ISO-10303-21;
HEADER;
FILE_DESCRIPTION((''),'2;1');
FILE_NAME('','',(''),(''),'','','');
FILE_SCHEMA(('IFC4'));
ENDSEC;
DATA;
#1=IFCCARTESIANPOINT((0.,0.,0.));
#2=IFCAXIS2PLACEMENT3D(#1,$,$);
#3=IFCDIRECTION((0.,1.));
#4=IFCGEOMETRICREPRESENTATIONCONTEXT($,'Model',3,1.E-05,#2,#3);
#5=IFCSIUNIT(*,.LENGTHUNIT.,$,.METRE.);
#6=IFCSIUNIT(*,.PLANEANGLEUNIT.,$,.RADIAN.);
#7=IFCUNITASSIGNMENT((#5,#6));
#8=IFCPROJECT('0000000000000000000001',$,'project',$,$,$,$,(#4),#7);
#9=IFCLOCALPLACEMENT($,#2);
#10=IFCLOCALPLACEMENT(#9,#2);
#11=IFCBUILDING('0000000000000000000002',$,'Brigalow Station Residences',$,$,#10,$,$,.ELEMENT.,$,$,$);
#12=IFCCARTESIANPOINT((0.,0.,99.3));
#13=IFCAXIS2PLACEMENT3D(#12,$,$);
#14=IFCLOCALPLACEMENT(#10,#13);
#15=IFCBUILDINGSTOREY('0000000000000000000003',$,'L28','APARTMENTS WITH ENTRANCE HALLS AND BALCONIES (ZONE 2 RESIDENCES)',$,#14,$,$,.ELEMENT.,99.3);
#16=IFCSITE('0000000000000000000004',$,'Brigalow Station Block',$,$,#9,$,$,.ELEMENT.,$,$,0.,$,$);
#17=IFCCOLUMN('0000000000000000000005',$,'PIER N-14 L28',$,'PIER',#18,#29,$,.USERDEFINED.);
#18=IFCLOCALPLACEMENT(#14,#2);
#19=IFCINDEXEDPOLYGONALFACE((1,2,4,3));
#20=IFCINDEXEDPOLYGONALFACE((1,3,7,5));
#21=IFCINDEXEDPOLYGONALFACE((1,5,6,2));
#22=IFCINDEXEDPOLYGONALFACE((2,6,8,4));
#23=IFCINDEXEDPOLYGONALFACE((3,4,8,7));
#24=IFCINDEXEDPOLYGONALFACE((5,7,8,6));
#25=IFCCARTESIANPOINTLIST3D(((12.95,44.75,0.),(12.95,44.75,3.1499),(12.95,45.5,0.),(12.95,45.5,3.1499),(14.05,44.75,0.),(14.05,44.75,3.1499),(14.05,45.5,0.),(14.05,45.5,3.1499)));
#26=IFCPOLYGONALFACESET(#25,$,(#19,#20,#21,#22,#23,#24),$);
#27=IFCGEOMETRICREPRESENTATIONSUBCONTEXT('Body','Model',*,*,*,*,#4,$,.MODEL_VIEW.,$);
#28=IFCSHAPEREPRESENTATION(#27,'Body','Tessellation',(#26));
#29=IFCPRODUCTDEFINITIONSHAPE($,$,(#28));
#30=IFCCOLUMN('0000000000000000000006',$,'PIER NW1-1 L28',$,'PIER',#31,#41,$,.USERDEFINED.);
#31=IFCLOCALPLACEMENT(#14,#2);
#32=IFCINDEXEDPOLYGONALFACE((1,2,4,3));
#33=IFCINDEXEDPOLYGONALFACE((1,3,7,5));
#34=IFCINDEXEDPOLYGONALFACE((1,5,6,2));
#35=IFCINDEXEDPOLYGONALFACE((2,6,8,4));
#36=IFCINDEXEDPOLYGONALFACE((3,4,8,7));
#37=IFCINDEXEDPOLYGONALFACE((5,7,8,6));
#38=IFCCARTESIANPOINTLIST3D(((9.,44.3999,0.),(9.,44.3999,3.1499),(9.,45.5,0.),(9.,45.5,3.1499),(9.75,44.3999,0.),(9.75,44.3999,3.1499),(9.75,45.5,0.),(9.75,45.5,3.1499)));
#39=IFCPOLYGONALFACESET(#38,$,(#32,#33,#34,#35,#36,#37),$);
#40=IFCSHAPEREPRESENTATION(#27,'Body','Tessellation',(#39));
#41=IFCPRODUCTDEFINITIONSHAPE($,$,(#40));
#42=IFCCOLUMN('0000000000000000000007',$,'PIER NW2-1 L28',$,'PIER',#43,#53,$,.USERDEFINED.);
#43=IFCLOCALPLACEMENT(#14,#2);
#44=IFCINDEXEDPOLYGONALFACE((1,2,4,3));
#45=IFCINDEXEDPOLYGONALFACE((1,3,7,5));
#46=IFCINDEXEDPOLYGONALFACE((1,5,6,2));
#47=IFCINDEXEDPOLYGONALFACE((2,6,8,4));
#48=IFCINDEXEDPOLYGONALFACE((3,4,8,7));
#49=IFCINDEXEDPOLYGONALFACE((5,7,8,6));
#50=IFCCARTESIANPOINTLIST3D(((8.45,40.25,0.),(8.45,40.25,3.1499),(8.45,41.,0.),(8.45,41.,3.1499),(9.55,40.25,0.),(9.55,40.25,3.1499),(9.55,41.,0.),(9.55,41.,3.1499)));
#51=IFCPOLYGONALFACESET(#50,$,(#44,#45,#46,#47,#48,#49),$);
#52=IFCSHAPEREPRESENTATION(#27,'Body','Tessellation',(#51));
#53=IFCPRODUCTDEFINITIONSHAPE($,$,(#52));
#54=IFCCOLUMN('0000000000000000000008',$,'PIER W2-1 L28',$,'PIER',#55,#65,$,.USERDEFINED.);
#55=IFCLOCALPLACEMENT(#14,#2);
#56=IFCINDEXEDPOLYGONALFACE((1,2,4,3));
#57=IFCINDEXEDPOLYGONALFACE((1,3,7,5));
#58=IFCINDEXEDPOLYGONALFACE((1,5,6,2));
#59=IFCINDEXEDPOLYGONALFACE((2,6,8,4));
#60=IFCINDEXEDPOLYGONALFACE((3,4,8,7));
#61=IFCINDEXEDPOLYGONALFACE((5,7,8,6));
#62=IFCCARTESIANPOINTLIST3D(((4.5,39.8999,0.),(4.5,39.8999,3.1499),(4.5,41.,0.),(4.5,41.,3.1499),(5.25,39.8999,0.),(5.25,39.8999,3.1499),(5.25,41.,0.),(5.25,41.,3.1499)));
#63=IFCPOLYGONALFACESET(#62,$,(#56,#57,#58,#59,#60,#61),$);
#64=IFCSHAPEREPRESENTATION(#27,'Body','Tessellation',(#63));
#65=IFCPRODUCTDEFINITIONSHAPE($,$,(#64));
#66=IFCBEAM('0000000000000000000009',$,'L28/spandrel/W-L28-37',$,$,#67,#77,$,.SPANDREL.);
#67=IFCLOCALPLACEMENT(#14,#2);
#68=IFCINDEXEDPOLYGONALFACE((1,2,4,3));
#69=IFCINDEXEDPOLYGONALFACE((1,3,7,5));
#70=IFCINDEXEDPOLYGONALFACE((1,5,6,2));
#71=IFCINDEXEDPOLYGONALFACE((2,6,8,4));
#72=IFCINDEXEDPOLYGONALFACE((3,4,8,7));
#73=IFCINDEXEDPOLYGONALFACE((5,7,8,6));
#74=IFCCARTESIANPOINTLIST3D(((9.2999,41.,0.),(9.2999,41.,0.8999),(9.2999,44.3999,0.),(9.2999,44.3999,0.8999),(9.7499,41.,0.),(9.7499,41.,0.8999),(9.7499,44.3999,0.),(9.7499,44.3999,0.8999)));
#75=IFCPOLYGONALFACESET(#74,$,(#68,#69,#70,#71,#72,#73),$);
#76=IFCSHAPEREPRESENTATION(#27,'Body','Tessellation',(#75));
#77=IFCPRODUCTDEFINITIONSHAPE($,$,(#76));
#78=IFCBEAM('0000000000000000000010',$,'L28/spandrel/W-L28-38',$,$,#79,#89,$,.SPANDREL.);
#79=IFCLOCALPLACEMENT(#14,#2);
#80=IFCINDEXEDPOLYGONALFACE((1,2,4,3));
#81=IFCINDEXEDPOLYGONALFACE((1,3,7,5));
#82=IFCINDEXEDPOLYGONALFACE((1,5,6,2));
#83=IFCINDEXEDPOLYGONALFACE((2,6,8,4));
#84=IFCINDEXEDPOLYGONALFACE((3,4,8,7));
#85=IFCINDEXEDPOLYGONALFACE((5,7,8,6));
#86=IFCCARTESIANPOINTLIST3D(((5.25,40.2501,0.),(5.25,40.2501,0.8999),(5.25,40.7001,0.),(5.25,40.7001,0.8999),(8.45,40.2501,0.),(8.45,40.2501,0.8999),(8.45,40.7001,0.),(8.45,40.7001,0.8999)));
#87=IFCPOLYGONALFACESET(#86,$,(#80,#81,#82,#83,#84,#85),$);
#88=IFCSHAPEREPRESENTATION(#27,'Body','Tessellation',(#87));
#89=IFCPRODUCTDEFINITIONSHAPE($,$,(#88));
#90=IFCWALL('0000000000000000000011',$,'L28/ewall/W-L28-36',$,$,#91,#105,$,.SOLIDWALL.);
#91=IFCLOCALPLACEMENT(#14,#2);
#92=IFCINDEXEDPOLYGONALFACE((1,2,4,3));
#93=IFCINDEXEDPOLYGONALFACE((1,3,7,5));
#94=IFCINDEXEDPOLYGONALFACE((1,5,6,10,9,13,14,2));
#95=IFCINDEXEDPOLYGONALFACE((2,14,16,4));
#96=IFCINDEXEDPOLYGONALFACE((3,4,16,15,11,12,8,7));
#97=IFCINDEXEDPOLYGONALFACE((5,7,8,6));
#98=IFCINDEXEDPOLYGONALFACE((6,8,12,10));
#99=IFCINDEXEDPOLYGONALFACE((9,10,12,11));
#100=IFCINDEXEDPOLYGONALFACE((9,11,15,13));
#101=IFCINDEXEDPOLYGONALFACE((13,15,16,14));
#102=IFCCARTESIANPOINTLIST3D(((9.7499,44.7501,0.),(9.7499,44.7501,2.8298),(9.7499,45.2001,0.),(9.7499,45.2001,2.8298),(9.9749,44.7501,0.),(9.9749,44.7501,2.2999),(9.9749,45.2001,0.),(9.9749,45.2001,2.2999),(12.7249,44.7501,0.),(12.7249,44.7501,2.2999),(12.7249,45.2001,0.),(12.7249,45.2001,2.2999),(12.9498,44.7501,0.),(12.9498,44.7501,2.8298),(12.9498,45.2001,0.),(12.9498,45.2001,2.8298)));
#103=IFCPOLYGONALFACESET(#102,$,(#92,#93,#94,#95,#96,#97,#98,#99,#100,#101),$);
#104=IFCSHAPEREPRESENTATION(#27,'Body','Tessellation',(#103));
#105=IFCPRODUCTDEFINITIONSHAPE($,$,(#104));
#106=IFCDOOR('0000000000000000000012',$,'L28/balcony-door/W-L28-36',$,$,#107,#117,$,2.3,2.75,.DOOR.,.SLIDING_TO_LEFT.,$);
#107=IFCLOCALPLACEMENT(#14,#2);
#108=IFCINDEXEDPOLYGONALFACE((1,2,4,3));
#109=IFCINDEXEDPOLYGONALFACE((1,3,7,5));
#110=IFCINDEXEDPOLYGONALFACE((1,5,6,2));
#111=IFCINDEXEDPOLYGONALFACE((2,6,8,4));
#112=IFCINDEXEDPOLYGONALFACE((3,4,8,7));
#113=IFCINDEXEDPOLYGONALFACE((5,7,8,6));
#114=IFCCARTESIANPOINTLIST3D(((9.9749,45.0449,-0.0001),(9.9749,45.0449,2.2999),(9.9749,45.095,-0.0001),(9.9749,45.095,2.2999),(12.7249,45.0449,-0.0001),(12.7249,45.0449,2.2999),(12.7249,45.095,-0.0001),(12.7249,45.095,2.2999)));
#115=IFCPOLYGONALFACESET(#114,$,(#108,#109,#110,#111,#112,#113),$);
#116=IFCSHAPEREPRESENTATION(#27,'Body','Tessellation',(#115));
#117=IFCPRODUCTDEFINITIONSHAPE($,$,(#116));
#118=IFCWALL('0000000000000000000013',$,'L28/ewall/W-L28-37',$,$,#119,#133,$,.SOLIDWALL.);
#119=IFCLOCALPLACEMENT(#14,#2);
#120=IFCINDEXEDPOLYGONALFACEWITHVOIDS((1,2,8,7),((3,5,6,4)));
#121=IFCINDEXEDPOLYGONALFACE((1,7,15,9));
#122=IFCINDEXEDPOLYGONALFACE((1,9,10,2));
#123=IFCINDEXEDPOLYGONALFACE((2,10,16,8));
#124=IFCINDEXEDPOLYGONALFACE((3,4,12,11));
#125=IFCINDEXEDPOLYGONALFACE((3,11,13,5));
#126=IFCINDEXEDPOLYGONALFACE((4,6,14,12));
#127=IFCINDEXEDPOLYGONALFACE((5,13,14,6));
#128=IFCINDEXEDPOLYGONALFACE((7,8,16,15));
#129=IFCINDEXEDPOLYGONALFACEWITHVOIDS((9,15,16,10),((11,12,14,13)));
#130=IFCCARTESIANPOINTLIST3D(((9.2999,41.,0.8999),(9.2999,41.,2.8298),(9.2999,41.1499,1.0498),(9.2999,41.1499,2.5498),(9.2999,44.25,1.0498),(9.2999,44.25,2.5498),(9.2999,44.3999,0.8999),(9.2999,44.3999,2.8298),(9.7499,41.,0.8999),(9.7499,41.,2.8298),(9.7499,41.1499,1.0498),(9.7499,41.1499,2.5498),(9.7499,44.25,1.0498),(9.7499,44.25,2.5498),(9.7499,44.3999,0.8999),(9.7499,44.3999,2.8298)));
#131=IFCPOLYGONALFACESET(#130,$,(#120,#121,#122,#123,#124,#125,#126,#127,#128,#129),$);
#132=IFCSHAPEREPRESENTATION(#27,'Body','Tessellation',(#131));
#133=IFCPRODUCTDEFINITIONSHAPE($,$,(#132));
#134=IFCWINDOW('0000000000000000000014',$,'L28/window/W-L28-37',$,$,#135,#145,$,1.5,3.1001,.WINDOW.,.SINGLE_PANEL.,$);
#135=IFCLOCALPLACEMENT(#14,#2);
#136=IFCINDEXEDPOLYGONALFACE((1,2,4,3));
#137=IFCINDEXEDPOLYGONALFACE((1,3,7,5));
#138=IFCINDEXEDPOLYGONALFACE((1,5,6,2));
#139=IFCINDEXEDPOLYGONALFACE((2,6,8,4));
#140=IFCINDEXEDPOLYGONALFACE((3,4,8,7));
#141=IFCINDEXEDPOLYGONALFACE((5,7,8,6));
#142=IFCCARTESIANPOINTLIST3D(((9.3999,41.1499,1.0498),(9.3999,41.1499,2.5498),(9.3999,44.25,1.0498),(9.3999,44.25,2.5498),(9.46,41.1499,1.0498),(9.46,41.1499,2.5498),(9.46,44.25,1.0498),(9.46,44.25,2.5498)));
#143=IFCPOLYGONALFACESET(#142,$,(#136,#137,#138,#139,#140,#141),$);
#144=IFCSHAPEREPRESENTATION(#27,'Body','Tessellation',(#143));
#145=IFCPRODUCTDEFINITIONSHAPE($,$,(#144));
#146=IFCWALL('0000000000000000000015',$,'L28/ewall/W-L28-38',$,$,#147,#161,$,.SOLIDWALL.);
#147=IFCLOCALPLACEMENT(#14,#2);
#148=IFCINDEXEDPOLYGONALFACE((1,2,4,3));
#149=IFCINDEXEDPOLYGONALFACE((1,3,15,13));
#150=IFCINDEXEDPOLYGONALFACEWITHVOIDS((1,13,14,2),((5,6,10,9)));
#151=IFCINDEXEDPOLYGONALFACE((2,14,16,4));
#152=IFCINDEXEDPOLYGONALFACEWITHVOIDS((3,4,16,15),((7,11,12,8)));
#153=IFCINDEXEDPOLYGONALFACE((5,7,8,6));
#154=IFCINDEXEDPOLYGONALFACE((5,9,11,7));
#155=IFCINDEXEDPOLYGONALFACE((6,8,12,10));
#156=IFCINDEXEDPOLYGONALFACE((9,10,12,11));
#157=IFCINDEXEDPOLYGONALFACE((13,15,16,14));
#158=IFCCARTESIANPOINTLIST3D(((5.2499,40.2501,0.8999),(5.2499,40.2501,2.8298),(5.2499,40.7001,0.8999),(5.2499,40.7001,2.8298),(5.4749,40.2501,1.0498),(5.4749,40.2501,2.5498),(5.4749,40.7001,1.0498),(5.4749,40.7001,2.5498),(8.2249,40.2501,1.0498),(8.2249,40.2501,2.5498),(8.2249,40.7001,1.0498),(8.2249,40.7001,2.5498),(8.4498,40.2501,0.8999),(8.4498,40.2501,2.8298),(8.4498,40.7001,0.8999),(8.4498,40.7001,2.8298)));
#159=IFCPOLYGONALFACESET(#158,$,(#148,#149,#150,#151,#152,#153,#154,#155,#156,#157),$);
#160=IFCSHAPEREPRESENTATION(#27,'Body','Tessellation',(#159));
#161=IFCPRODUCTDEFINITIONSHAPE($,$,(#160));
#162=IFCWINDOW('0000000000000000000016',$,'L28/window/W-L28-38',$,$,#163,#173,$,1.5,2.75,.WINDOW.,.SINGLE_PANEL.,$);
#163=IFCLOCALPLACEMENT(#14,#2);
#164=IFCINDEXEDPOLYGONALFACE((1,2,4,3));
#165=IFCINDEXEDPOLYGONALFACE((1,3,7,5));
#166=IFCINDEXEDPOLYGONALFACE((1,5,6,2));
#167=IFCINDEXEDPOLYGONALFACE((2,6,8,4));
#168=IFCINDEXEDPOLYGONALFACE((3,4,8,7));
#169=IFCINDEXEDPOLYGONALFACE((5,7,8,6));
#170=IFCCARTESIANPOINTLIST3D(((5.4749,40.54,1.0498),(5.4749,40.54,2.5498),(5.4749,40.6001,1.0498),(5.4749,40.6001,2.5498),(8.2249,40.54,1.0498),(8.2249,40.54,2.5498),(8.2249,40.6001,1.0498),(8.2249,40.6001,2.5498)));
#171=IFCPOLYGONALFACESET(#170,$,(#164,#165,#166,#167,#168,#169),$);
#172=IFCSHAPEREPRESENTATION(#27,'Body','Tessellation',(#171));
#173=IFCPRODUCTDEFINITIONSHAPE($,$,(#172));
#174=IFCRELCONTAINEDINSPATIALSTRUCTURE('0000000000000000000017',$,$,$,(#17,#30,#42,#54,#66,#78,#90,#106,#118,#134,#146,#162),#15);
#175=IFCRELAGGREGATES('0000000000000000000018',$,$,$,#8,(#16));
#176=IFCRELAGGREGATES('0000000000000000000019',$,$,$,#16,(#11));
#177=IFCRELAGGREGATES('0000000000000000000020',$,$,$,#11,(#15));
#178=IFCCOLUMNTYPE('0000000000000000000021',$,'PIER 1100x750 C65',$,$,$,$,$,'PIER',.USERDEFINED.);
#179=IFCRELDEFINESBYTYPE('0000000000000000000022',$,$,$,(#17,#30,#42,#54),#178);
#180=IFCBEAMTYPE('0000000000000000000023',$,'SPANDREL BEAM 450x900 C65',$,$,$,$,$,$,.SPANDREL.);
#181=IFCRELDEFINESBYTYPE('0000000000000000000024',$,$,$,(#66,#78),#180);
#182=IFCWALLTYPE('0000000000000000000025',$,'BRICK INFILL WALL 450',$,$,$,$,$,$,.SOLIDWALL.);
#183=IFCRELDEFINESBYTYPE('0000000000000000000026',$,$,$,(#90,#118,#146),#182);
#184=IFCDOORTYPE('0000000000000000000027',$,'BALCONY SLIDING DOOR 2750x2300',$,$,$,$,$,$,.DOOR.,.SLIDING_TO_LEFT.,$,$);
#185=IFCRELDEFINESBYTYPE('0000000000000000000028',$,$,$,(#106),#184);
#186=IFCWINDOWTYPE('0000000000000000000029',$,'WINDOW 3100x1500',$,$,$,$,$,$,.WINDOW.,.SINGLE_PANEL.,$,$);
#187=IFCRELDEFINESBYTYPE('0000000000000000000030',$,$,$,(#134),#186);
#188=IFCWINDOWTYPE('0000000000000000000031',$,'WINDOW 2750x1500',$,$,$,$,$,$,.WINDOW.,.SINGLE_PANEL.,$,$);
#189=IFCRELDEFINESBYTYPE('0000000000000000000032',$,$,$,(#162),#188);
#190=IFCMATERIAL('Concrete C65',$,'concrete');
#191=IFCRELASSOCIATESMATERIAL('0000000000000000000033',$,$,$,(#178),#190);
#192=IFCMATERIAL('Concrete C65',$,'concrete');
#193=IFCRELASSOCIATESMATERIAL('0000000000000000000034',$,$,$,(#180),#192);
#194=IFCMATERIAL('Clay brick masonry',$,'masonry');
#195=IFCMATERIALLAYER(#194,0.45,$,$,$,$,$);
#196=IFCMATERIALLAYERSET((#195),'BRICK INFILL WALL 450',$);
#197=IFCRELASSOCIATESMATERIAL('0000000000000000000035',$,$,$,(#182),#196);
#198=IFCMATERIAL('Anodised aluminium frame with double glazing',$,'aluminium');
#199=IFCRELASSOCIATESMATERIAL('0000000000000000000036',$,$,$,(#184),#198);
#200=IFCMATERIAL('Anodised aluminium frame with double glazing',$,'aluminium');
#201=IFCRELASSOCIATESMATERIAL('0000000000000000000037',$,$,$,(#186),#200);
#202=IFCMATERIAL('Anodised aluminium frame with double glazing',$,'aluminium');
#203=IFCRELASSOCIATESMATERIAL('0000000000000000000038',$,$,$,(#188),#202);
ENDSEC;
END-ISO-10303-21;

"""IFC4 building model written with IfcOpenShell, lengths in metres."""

from ifc_helpers import new_model, si_unit, direction, frame, frame_2d, origin, origin_2d, place, context, subcontext, project, spatial, rectangle, extrude, material, layer, layer_set, material_profile, profile_set, type_object, element, fill, save


model = new_model("IFC4")

# Units and contexts
model_context = context("Model", 3, precision=1e-05, world=origin(), true_north=direction((0.0, 1.0)))
body_context = subcontext(model_context, "Body", "Model", "MODEL_VIEW")
ifc_project = project(units=[si_unit("LENGTHUNIT", "METRE"), si_unit("PLANEANGLEUNIT", "RADIAN")], contexts=[model_context])

# Site, building, storey
site_placement = place(None, origin())
site = spatial("IfcSite", under=ifc_project, at=site_placement, Name="Brigalow Station Block", CompositionType="ELEMENT", RefElevation=0.0)
building_placement = place(site_placement, origin())
building = spatial("IfcBuilding", under=site, at=building_placement, Name="Brigalow Station Residences", CompositionType="ELEMENT")
storey_placement = place(building_placement, frame((0.0, 0.0, 99.3)))
storey = spatial("IfcBuildingStorey", under=building, at=storey_placement, Name="L28", Description="APARTMENTS WITH ENTRANCE HALLS AND BALCONIES (ZONE 2 RESIDENCES)", CompositionType="ELEMENT", Elevation=99.3)

# Columns
ifc_material_1 = material(Name="Concrete C65", Category="concrete")
ifc_material_profile_1 = material_profile(ifc_material_1, rectangle(XDim=1.1001, YDim=0.75, at=origin_2d()), Name="RC1100x750")
ifc_profile_set_1 = profile_set([ifc_material_profile_1], Name="Concrete C65")
column_type = type_object("IfcColumnType", Name="PIER 1100x750 C65", ElementType="PIER", PredefinedType="USERDEFINED", material=ifc_profile_set_1)
for number, where, z_axis, x_axis, name in (
    (1, (13.5, 45.125, 0.0), (0.0, 0.0, 1.0), (-1.0, 0.0, 0.0), "PIER N-14 L28"),
    (2, (9.375, 44.95, 0.0), (0.0, 0.0, 1.0), (0.0, -1.0, 0.0), "PIER NW1-1 L28"),
    (3, (9.0, 40.625, 0.0), (0.0, 0.0, 1.0), (-1.0, 0.0, 0.0), "PIER NW2-1 L28"),
    (4, (4.875, 40.45, 0.0), (0.0, 0.0, 1.0), (0.0, -1.0, 0.0), "PIER W2-1 L28"),
):
    element("IfcColumn", number, at=place(storey_placement, frame(where, z_axis=z_axis, x_axis=x_axis)), inside=storey, type_object=column_type, Name=name, ObjectType="PIER", PredefinedType="USERDEFINED", context=body_context, shape_type="SweptSolid", body=[
        extrude(rectangle(XDim=1.1001, YDim=0.75, at=origin_2d()), origin(), (0.0, 0.0, 1.0), 3.1499),
    ])

# Beams
ifc_material_2 = material(Name="Concrete C65", Category="concrete")
ifc_material_profile_2 = material_profile(ifc_material_2, rectangle(XDim=0.45, YDim=0.8999, at=origin_2d()), Name="RC450x900")
ifc_profile_set_2 = profile_set([ifc_material_profile_2], Name="Concrete C65")
beam_type = type_object("IfcBeamType", Name="SPANDREL BEAM 450x900 C65", PredefinedType="SPANDREL", material=ifc_profile_set_2)
beam_1_placement = place(storey_placement, frame((9.5249, 44.3999, 0.45), z_axis=(0.0, -1.0, 0.0), x_axis=(1.0, 0.0, 0.0)))
element("IfcBeam", 5, at=beam_1_placement, inside=storey, type_object=beam_type, Name="L28/spandrel/W-L28-37", PredefinedType="SPANDREL", context=body_context, shape_type="SweptSolid", body=[
    extrude(rectangle(XDim=0.45, YDim=0.8999, at=origin_2d()), origin(), (0.0, 0.0, 1.0), 3.3999),
])
beam_2_placement = place(storey_placement, frame((8.45, 40.4751, 0.45), z_axis=(-1.0, 0.0, 0.0), x_axis=(0.0, -1.0, 0.0)))
element("IfcBeam", 6, at=beam_2_placement, inside=storey, type_object=beam_type, Name="L28/spandrel/W-L28-38", PredefinedType="SPANDREL", context=body_context, shape_type="SweptSolid", body=[
    extrude(rectangle(XDim=0.45, YDim=0.8999, at=origin_2d()), origin(), (0.0, 0.0, 1.0), 3.2),
])

# Wall, opening, door
ifc_material_3 = material(Name="Clay brick masonry", Category="masonry")
ifc_layer_1 = layer(ifc_material_3, 0.45)
ifc_layer_set_1 = layer_set([ifc_layer_1], Name="BRICK INFILL WALL 450")
wall_type_1 = type_object("IfcWallType", Name="BRICK INFILL WALL 450", PredefinedType="SOLIDWALL", material=ifc_layer_set_1)
wall_1_placement = place(storey_placement, frame((12.95, 44.9751, 0.0), z_axis=(0.0, 0.0, 1.0), x_axis=(-1.0, 0.0, 0.0)))
wall_1 = element("IfcWall", 7, at=wall_1_placement, inside=storey, type_object=wall_type_1, Name="L28/ewall/W-L28-36", PredefinedType="SOLIDWALL", context=body_context, shape_type="SweptSolid", body=[
    extrude(rectangle(XDim=3.2, YDim=0.45, at=frame_2d((1.6001, 0.0))), origin(), (0.0, 0.0, 1.0), 2.8298),
])
opening_1_placement = place(wall_1_placement, frame((0.2251, 0.0, 0.0)))
opening_1 = element("IfcOpeningElement", 8, at=opening_1_placement, cuts=wall_1, PredefinedType="OPENING", context=body_context, shape_type="SweptSolid", body=[
    extrude(rectangle(XDim=2.75, YDim=2.3, at=frame_2d((1.375, 1.1499))), frame((0.0, 0.2349, 0.0), z_axis=(0.0, -1.0, 0.0), x_axis=(1.0, 0.0, 0.0)), (0.0, 0.0, 1.0), 0.47),
])
ifc_material_4 = material(Name="Anodised aluminium frame with double glazing", Category="aluminium")
door_type_1 = type_object("IfcDoorType", Name="BALCONY SLIDING DOOR 2750x2300", OperationType="SLIDING_TO_LEFT", PredefinedType="DOOR", material=ifc_material_4)
door_1_placement = place(opening_1_placement, origin())
door_1 = element("IfcDoor", 9, at=door_1_placement, inside=storey, type_object=door_type_1, Name="L28/balcony-door/W-L28-36", OperationType="SLIDING_TO_LEFT", OverallHeight=2.3, OverallWidth=2.75, PredefinedType="DOOR", context=body_context, shape_type="SweptSolid", body=[
    extrude(rectangle(XDim=2.75, YDim=2.3, at=frame_2d((1.375, 1.1499))), frame((0.0, -0.0698, 0.0), z_axis=(0.0, -1.0, 0.0), x_axis=(1.0, 0.0, 0.0)), (0.0, 0.0, 1.0), 0.05),
])
fill(opening_1, door_1)

# Walls, openings, windows
wall_2_placement = place(storey_placement, frame((9.5249, 44.3999, 0.8999), z_axis=(0.0, 0.0, 1.0), x_axis=(0.0, -1.0, 0.0)))
wall_2 = element("IfcWall", 10, at=wall_2_placement, inside=storey, type_object=wall_type_1, Name="L28/ewall/W-L28-37", PredefinedType="SOLIDWALL", context=body_context, shape_type="SweptSolid", body=[
    extrude(rectangle(XDim=3.3999, YDim=0.45, at=frame_2d((1.7, 0.0))), origin(), (0.0, 0.0, 1.0), 1.9299),
])
opening_2_placement = place(wall_2_placement, frame((0.1499, 0.0, 0.1499)))
opening_2 = element("IfcOpeningElement", 11, at=opening_2_placement, cuts=wall_2, PredefinedType="OPENING", context=body_context, shape_type="SweptSolid", body=[
    extrude(rectangle(XDim=3.1001, YDim=1.5, at=frame_2d((1.55, 0.75))), frame((0.0, 0.2349, 0.0), z_axis=(0.0, -1.0, 0.0), x_axis=(1.0, 0.0, 0.0)), (0.0, 0.0, 1.0), 0.47),
])
ifc_material_5 = material(Name="Anodised aluminium frame with double glazing", Category="aluminium")
window_type_1 = type_object("IfcWindowType", Name="WINDOW 3100x1500", PartitioningType="SINGLE_PANEL", PredefinedType="WINDOW", material=ifc_material_5)
window_1_placement = place(opening_2_placement, origin())
window_1 = element("IfcWindow", 12, at=window_1_placement, inside=storey, type_object=window_type_1, Name="L28/window/W-L28-37", OverallHeight=1.5, OverallWidth=3.1001, PartitioningType="SINGLE_PANEL", PredefinedType="WINDOW", context=body_context, shape_type="SweptSolid", body=[
    extrude(rectangle(XDim=3.1001, YDim=1.5, at=frame_2d((1.55, 0.75))), frame((0.0, -0.0649, 0.0), z_axis=(0.0, -1.0, 0.0), x_axis=(1.0, 0.0, 0.0)), (0.0, 0.0, 1.0), 0.0601),
])
fill(opening_2, window_1)
wall_3_placement = place(storey_placement, frame((8.45, 40.4751, 0.8999), z_axis=(0.0, 0.0, 1.0), x_axis=(-1.0, 0.0, 0.0)))
wall_3 = element("IfcWall", 13, at=wall_3_placement, inside=storey, type_object=wall_type_1, Name="L28/ewall/W-L28-38", PredefinedType="SOLIDWALL", context=body_context, shape_type="SweptSolid", body=[
    extrude(rectangle(XDim=3.2, YDim=0.45, at=frame_2d((1.6001, 0.0))), origin(), (0.0, 0.0, 1.0), 1.9299),
])
opening_3_placement = place(wall_3_placement, frame((0.2251, 0.0, 0.1499)))
opening_3 = element("IfcOpeningElement", 14, at=opening_3_placement, cuts=wall_3, PredefinedType="OPENING", context=body_context, shape_type="SweptSolid", body=[
    extrude(rectangle(XDim=2.75, YDim=1.5, at=frame_2d((1.375, 0.75))), frame((0.0, 0.2349, 0.0), z_axis=(0.0, -1.0, 0.0), x_axis=(1.0, 0.0, 0.0)), (0.0, 0.0, 1.0), 0.47),
])
ifc_material_6 = material(Name="Anodised aluminium frame with double glazing", Category="aluminium")
window_type_2 = type_object("IfcWindowType", Name="WINDOW 2750x1500", PartitioningType="SINGLE_PANEL", PredefinedType="WINDOW", material=ifc_material_6)
window_2_placement = place(opening_3_placement, origin())
window_2 = element("IfcWindow", 15, at=window_2_placement, inside=storey, type_object=window_type_2, Name="L28/window/W-L28-38", OverallHeight=1.5, OverallWidth=2.75, PartitioningType="SINGLE_PANEL", PredefinedType="WINDOW", context=body_context, shape_type="SweptSolid", body=[
    extrude(rectangle(XDim=2.75, YDim=1.5, at=frame_2d((1.375, 0.75))), frame((0.0, -0.0649, 0.0), z_axis=(0.0, -1.0, 0.0), x_axis=(1.0, 0.0, 0.0)), (0.0, 0.0, 1.0), 0.0601),
])
fill(opening_3, window_2)

save(model, "model.ifc")
